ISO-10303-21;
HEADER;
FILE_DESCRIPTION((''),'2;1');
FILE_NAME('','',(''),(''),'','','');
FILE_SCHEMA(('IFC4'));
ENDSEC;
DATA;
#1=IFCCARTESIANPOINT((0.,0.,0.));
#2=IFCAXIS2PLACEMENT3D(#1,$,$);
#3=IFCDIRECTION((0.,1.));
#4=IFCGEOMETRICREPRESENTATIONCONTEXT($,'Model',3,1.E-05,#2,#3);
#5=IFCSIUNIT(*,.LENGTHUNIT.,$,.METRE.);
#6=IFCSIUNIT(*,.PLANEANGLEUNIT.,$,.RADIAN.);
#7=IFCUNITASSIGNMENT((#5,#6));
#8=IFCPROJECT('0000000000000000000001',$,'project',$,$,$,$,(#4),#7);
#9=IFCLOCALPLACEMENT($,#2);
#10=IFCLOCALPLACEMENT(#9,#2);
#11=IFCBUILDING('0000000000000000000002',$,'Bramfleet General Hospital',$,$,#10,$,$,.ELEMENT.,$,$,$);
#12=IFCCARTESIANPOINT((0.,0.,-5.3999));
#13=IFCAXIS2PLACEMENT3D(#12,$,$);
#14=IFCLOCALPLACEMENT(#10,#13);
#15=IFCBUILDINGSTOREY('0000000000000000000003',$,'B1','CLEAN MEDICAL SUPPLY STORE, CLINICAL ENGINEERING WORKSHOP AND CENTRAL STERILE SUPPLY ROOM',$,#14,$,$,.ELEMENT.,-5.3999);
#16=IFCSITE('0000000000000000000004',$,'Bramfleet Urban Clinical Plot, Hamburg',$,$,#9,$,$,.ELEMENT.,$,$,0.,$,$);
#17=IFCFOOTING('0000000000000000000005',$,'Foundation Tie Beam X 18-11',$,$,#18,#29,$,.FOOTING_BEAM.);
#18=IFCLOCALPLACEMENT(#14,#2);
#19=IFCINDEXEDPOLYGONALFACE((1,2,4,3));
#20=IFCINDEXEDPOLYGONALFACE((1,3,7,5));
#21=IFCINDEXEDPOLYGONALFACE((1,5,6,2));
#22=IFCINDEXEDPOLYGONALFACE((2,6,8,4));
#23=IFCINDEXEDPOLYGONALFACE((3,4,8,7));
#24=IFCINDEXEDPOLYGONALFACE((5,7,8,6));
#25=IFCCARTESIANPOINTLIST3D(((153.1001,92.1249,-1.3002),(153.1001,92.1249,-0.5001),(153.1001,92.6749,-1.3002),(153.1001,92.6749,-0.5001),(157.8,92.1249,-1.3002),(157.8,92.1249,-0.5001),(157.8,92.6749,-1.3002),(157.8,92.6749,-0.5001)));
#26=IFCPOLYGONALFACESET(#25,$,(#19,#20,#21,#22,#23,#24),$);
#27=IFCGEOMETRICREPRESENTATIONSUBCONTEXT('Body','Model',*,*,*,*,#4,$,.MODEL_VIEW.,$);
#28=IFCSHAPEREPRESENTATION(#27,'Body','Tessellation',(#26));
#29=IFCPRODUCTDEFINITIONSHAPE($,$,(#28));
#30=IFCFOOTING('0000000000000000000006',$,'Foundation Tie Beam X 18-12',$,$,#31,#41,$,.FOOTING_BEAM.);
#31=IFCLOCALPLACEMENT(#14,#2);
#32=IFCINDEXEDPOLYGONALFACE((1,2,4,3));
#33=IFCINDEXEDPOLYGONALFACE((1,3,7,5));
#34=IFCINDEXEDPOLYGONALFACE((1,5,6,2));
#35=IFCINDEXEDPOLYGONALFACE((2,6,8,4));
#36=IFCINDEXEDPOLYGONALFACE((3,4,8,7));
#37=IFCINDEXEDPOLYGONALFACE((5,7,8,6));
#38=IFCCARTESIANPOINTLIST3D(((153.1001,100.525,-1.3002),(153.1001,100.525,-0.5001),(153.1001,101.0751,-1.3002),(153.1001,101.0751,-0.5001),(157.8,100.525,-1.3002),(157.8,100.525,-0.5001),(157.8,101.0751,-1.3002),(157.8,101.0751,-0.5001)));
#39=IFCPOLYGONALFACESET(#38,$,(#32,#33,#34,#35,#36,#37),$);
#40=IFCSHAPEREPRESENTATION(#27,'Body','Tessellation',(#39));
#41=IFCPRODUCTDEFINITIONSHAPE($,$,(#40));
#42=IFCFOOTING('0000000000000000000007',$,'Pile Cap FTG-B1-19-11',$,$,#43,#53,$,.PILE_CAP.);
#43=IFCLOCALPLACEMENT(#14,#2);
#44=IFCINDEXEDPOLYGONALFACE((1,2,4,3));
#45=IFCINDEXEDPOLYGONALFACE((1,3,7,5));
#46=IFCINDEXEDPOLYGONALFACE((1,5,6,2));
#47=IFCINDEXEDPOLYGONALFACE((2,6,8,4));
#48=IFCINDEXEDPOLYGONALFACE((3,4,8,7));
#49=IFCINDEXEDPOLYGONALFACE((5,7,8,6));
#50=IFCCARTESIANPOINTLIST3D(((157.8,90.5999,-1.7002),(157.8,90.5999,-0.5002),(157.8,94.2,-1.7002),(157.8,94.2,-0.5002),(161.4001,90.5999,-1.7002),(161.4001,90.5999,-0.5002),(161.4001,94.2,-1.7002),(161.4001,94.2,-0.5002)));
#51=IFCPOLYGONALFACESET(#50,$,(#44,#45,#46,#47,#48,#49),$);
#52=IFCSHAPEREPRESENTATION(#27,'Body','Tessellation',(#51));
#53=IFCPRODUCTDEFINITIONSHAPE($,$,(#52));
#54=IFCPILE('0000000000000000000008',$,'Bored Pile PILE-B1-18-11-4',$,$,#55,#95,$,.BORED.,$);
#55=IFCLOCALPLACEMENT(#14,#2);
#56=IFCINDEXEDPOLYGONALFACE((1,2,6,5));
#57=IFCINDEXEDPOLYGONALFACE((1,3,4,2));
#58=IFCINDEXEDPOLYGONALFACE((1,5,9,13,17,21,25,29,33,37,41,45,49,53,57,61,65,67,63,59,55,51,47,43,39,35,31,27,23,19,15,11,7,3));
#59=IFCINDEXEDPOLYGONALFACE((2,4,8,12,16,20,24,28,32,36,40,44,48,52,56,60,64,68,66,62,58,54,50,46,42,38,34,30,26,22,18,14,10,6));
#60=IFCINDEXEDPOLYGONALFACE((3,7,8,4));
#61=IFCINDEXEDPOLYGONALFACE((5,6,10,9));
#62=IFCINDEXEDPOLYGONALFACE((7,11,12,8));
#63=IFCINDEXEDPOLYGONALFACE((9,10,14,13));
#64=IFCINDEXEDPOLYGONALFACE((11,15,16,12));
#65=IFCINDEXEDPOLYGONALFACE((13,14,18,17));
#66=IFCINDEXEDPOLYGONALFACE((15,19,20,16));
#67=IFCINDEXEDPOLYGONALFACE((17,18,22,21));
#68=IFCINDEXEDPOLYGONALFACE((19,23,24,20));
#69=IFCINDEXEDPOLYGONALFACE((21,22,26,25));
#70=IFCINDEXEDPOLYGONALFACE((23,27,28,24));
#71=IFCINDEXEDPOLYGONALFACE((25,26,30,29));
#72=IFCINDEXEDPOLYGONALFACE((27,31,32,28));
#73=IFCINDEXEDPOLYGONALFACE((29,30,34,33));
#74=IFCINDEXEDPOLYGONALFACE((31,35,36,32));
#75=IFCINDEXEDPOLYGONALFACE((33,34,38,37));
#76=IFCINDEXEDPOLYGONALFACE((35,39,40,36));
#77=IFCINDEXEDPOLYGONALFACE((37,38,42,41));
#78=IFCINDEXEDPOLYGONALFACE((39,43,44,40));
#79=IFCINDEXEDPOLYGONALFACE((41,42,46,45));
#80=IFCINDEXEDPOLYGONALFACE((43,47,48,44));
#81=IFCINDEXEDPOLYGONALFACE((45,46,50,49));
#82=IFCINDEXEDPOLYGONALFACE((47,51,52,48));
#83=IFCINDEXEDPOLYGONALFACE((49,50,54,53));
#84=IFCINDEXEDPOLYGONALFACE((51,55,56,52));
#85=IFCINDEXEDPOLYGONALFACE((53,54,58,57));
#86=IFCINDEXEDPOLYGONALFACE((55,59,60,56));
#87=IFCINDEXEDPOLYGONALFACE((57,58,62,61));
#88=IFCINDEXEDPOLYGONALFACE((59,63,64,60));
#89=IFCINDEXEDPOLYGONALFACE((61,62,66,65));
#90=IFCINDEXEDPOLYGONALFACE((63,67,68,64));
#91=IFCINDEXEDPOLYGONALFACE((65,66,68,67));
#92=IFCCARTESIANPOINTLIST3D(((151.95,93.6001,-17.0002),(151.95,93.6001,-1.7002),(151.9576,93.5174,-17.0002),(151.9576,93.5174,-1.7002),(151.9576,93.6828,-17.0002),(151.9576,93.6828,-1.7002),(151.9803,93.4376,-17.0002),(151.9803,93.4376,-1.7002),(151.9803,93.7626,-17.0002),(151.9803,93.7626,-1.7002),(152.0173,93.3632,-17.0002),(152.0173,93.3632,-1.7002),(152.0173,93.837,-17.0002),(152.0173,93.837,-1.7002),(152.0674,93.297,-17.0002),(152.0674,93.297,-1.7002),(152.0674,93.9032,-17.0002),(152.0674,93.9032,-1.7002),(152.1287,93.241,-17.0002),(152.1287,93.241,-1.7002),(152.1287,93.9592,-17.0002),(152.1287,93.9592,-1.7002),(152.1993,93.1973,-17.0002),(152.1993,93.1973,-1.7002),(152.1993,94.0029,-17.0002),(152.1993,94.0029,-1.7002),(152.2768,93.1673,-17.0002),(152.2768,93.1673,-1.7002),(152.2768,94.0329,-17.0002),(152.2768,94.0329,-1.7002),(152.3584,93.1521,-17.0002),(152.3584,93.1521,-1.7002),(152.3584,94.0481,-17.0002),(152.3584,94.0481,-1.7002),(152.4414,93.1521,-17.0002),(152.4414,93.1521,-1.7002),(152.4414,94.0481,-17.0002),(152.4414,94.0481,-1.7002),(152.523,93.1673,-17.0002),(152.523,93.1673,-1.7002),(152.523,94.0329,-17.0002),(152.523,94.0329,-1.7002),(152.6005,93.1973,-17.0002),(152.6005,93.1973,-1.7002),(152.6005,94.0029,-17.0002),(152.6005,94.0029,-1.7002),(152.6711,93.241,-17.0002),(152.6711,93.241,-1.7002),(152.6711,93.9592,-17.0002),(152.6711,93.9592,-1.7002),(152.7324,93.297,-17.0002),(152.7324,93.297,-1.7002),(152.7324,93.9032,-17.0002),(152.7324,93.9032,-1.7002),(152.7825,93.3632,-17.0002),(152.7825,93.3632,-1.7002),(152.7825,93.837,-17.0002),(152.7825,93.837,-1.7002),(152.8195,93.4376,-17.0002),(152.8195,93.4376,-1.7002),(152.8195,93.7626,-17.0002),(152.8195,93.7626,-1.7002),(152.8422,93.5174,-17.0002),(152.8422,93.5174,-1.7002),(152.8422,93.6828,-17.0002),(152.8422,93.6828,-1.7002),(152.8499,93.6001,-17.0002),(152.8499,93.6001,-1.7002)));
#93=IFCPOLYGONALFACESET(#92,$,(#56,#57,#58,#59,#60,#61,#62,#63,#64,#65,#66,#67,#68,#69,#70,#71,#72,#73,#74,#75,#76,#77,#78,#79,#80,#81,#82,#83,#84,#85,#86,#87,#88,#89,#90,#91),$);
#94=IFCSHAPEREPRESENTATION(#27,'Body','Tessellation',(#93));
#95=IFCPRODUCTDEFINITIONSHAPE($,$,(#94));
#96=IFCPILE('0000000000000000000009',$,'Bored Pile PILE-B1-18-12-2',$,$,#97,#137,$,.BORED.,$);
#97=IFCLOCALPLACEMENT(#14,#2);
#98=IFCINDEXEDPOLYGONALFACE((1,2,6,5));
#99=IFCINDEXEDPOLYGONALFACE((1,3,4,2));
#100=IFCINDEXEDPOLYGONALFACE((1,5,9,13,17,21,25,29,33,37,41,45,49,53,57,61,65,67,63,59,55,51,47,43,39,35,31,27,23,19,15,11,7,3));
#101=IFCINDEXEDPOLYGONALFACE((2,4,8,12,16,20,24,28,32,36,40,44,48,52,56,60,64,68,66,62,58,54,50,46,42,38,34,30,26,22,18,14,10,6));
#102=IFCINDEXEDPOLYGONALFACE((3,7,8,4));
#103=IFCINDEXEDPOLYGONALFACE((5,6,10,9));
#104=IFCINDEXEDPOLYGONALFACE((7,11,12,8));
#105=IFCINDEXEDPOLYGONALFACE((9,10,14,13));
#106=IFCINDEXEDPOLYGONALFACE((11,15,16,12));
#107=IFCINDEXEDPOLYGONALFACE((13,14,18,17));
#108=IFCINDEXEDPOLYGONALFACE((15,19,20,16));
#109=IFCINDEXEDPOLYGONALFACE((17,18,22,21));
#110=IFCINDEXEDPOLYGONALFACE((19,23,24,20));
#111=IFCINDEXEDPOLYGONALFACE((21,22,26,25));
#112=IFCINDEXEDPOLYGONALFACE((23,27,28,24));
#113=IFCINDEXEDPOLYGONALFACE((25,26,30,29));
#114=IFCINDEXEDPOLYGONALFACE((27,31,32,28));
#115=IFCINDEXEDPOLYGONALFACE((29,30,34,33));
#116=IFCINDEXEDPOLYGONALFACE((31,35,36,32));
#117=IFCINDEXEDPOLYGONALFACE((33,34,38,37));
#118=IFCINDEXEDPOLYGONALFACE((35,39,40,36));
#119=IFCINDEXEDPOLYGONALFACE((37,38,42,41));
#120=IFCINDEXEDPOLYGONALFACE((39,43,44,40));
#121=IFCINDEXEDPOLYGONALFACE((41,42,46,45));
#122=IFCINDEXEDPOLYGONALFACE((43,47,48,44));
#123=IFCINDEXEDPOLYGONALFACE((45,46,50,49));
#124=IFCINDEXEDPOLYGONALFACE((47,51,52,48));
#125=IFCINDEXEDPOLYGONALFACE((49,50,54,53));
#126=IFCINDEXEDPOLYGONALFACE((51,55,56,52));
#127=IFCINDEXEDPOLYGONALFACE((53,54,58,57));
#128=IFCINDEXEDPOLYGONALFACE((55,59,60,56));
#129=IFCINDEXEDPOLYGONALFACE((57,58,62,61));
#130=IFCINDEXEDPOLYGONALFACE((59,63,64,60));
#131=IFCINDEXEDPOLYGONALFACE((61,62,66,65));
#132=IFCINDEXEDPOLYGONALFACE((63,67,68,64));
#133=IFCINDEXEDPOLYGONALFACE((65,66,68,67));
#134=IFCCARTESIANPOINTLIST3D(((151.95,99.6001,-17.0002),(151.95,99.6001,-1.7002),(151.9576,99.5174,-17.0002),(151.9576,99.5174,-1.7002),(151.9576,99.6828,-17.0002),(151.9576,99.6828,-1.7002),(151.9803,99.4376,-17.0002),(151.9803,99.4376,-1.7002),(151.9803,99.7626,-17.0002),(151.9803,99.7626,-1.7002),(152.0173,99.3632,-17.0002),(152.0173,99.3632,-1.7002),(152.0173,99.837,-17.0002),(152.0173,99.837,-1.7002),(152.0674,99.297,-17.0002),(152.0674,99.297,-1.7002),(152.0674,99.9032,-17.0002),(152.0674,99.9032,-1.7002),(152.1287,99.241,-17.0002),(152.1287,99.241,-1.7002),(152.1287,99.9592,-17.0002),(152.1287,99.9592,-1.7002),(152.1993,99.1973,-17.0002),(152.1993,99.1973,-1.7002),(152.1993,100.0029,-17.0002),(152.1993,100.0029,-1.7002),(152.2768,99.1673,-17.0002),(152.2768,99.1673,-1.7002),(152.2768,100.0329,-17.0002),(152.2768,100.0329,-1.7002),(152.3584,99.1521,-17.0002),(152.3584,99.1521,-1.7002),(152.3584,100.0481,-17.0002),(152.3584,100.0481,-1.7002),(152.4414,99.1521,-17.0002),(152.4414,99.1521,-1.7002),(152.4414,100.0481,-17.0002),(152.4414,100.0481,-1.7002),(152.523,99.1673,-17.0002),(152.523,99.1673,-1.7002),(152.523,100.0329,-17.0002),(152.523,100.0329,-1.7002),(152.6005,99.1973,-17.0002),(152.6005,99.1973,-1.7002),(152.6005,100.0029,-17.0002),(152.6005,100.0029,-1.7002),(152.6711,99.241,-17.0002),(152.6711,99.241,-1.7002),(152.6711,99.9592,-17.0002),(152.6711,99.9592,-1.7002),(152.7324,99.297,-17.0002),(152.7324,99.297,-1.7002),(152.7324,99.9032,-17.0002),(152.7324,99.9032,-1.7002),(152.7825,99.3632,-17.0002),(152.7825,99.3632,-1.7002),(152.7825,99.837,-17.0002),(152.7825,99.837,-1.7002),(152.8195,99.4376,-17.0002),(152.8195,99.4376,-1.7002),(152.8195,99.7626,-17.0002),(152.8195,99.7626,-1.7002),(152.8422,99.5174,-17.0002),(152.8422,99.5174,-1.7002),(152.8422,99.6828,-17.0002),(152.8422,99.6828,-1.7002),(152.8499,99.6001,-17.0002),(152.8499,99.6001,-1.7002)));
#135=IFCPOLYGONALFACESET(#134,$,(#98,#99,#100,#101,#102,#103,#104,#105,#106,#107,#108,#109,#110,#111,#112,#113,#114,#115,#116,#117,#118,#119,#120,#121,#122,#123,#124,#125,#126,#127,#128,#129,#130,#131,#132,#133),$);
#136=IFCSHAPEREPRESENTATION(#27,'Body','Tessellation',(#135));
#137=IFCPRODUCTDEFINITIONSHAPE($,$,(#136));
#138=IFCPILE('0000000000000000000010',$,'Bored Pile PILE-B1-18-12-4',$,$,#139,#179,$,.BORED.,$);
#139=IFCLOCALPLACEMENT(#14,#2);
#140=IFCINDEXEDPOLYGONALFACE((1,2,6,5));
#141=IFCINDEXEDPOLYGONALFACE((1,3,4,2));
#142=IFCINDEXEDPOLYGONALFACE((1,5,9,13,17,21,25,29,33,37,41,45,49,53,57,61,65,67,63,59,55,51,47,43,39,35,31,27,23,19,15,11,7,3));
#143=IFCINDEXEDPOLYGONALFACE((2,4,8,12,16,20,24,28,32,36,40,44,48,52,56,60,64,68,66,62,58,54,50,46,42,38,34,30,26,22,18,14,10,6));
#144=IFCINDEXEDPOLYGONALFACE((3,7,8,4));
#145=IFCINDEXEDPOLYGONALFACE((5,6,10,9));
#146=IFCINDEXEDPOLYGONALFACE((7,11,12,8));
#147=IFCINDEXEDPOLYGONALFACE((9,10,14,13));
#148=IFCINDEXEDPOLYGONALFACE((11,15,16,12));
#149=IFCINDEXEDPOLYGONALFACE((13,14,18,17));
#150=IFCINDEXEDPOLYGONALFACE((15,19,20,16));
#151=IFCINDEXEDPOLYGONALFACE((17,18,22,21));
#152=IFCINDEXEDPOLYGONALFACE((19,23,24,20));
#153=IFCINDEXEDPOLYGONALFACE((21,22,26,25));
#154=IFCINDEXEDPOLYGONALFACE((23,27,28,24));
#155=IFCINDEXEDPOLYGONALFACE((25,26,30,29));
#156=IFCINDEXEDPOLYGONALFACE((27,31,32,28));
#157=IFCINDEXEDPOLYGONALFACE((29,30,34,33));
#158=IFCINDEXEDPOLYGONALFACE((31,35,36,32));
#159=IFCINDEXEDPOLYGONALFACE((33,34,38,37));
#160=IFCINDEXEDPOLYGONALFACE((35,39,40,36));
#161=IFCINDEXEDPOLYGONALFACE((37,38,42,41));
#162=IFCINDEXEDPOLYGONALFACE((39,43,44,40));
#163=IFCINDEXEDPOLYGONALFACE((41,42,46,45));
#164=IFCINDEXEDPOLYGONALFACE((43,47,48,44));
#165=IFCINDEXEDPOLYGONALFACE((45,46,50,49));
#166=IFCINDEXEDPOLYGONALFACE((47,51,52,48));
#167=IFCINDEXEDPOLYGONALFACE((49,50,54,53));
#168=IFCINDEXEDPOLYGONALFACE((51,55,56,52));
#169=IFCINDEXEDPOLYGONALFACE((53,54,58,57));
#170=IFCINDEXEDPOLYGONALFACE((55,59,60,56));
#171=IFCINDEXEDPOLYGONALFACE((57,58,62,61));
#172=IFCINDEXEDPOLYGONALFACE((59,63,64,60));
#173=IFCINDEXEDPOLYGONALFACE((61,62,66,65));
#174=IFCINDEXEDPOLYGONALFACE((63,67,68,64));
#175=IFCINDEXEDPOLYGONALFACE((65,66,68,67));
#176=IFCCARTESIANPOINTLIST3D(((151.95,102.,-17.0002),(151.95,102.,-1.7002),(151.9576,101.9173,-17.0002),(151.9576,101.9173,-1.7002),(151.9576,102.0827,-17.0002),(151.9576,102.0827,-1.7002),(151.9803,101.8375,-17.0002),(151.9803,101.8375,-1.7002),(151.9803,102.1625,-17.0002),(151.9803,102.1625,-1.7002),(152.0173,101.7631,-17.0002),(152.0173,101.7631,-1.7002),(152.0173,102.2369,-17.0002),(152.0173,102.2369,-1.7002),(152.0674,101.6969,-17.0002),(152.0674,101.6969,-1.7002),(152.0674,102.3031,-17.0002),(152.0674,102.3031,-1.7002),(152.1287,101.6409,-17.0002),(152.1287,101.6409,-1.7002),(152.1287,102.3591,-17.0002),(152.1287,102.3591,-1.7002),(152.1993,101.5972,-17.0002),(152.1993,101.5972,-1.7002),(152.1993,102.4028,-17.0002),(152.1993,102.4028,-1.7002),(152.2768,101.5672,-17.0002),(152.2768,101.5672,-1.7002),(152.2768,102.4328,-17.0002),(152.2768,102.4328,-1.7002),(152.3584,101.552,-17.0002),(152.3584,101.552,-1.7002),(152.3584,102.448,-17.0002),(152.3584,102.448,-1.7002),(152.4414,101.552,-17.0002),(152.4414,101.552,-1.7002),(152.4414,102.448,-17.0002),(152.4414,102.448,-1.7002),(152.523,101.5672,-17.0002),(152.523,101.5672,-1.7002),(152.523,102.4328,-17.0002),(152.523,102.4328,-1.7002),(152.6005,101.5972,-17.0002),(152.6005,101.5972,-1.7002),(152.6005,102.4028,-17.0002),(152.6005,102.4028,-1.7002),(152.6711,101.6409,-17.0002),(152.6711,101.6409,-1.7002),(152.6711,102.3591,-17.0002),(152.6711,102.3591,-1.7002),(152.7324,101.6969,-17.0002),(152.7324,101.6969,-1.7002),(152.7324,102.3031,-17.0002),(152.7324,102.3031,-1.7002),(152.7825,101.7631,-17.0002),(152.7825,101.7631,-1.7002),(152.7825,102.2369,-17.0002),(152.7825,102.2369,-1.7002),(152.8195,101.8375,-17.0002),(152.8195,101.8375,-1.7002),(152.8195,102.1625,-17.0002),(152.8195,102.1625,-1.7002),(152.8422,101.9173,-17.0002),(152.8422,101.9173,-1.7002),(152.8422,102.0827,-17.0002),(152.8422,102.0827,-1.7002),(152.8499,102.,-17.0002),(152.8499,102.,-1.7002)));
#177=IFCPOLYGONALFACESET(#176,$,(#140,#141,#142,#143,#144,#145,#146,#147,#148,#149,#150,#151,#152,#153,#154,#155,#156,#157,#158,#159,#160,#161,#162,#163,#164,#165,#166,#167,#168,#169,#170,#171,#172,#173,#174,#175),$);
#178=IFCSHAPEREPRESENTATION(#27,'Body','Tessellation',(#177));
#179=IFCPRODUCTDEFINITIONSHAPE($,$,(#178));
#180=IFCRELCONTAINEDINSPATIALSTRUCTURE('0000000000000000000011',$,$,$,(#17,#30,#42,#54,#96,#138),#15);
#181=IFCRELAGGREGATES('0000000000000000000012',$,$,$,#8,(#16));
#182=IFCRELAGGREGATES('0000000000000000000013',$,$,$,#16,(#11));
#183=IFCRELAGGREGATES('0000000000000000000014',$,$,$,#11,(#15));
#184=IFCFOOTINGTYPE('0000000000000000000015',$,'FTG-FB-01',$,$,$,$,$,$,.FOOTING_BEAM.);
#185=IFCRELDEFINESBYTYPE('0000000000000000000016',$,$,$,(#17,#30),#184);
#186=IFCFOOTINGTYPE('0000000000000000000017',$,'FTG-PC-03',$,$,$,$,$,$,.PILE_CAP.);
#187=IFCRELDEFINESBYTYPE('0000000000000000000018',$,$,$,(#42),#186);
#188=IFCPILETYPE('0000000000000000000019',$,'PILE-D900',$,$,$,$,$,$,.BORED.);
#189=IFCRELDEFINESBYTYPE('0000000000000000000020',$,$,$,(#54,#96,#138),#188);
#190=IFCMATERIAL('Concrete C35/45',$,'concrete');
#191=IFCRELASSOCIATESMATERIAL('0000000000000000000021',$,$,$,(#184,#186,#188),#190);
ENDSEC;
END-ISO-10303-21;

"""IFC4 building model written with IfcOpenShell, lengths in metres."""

from ifc_helpers import new_model, si_unit, direction, frame, origin, origin_2d, place, context, subcontext, project, spatial, rectangle, circle, extrude, material, material_profile, profile_set, type_object, element, save


model = new_model("IFC4")

# Units and contexts
model_context = context("Model", 3, precision=1e-05, world=origin(), true_north=direction((0.0, 1.0)))
body_context = subcontext(model_context, "Body", "Model", "MODEL_VIEW")
ifc_project = project(units=[si_unit("LENGTHUNIT", "METRE"), si_unit("PLANEANGLEUNIT", "RADIAN")], contexts=[model_context])

# Site, building, storey
site_placement = place(None, origin())
site = spatial("IfcSite", under=ifc_project, at=site_placement, Name="Bramfleet Urban Clinical Plot, Hamburg", CompositionType="ELEMENT", RefElevation=0.0)
building_placement = place(site_placement, origin())
building = spatial("IfcBuilding", under=site, at=building_placement, Name="Bramfleet General Hospital", CompositionType="ELEMENT")
storey_placement = place(building_placement, frame((0.0, 0.0, -5.3999)))
storey = spatial("IfcBuildingStorey", under=building, at=storey_placement, Name="B1", Description="CLEAN MEDICAL SUPPLY STORE, CLINICAL ENGINEERING WORKSHOP AND CENTRAL STERILE SUPPLY ROOM", CompositionType="ELEMENT", Elevation=-5.3999)

# Footings
ifc_material_1 = material(Name="Concrete C35/45", Category="concrete")
ifc_material_profile_1 = material_profile(ifc_material_1, rectangle(XDim=0.55, YDim=0.8, at=origin_2d()), Name="RC FB 800x550")
ifc_profile_set_1 = profile_set([ifc_material_profile_1], Name="Concrete C35/45")
footing_type_1 = type_object("IfcFootingType", Name="FTG-FB-01", PredefinedType="FOOTING_BEAM", material=ifc_profile_set_1)
for number, where, z_axis, x_axis, name in (
    (1, (153.1001, 92.3999, -0.9001), (1.0, 0.0, 0.0), (0.0, 1.0, 0.0), "Foundation Tie Beam X 18-11"),
    (2, (153.1001, 100.8, -0.9001), (1.0, 0.0, 0.0), (0.0, 1.0, 0.0), "Foundation Tie Beam X 18-12"),
):
    element("IfcFooting", number, at=place(storey_placement, frame(where, z_axis=z_axis, x_axis=x_axis)), inside=storey, type_object=footing_type_1, Name=name, PredefinedType="FOOTING_BEAM", context=body_context, shape_type="SweptSolid", body=[
        extrude(rectangle(XDim=0.55, YDim=0.8, at=origin_2d()), origin(), (0.0, 0.0, 1.0), 4.7),
    ])
footing_type_2 = type_object("IfcFootingType", Name="FTG-PC-03", PredefinedType="PILE_CAP", material=ifc_material_1)
footing_placement = place(storey_placement, frame((159.6001, 92.3999, -1.7002), z_axis=(0.0, 0.0, 1.0), x_axis=(1.0, 0.0, 0.0)))
element("IfcFooting", 3, at=footing_placement, inside=storey, type_object=footing_type_2, Name="Pile Cap FTG-B1-19-11", PredefinedType="PILE_CAP", context=body_context, shape_type="SweptSolid", body=[
    extrude(rectangle(XDim=3.6001, YDim=3.6001, at=origin_2d()), origin(), (0.0, 0.0, 1.0), 1.2),
])

# Piles
ifc_material_profile_2 = material_profile(ifc_material_1, circle(Radius=0.45, at=origin_2d()), Name="PILE BORED D900")
ifc_profile_set_2 = profile_set([ifc_material_profile_2], Name="Concrete C35/45")
pile_type = type_object("IfcPileType", Name="PILE-D900", PredefinedType="BORED", material=ifc_profile_set_2)
for number, where, z_axis, x_axis, name in (
    (4, (152.3999, 93.6001, -1.7002), (0.0, 0.0, -1.0), (1.0, 0.0, 0.0), "Bored Pile PILE-B1-18-11-4"),
    (5, (152.3999, 99.6001, -1.7002), (0.0, 0.0, -1.0), (1.0, 0.0, 0.0), "Bored Pile PILE-B1-18-12-2"),
    (6, (152.3999, 102.0, -1.7002), (0.0, 0.0, -1.0), (1.0, 0.0, 0.0), "Bored Pile PILE-B1-18-12-4"),
):
    element("IfcPile", number, at=place(storey_placement, frame(where, z_axis=z_axis, x_axis=x_axis)), inside=storey, type_object=pile_type, Name=name, PredefinedType="BORED", context=body_context, shape_type="SweptSolid", body=[
        extrude(circle(Radius=0.45, at=origin_2d()), origin(), (0.0, 0.0, 1.0), 15.3),
    ])

save(model, "model.ifc")
